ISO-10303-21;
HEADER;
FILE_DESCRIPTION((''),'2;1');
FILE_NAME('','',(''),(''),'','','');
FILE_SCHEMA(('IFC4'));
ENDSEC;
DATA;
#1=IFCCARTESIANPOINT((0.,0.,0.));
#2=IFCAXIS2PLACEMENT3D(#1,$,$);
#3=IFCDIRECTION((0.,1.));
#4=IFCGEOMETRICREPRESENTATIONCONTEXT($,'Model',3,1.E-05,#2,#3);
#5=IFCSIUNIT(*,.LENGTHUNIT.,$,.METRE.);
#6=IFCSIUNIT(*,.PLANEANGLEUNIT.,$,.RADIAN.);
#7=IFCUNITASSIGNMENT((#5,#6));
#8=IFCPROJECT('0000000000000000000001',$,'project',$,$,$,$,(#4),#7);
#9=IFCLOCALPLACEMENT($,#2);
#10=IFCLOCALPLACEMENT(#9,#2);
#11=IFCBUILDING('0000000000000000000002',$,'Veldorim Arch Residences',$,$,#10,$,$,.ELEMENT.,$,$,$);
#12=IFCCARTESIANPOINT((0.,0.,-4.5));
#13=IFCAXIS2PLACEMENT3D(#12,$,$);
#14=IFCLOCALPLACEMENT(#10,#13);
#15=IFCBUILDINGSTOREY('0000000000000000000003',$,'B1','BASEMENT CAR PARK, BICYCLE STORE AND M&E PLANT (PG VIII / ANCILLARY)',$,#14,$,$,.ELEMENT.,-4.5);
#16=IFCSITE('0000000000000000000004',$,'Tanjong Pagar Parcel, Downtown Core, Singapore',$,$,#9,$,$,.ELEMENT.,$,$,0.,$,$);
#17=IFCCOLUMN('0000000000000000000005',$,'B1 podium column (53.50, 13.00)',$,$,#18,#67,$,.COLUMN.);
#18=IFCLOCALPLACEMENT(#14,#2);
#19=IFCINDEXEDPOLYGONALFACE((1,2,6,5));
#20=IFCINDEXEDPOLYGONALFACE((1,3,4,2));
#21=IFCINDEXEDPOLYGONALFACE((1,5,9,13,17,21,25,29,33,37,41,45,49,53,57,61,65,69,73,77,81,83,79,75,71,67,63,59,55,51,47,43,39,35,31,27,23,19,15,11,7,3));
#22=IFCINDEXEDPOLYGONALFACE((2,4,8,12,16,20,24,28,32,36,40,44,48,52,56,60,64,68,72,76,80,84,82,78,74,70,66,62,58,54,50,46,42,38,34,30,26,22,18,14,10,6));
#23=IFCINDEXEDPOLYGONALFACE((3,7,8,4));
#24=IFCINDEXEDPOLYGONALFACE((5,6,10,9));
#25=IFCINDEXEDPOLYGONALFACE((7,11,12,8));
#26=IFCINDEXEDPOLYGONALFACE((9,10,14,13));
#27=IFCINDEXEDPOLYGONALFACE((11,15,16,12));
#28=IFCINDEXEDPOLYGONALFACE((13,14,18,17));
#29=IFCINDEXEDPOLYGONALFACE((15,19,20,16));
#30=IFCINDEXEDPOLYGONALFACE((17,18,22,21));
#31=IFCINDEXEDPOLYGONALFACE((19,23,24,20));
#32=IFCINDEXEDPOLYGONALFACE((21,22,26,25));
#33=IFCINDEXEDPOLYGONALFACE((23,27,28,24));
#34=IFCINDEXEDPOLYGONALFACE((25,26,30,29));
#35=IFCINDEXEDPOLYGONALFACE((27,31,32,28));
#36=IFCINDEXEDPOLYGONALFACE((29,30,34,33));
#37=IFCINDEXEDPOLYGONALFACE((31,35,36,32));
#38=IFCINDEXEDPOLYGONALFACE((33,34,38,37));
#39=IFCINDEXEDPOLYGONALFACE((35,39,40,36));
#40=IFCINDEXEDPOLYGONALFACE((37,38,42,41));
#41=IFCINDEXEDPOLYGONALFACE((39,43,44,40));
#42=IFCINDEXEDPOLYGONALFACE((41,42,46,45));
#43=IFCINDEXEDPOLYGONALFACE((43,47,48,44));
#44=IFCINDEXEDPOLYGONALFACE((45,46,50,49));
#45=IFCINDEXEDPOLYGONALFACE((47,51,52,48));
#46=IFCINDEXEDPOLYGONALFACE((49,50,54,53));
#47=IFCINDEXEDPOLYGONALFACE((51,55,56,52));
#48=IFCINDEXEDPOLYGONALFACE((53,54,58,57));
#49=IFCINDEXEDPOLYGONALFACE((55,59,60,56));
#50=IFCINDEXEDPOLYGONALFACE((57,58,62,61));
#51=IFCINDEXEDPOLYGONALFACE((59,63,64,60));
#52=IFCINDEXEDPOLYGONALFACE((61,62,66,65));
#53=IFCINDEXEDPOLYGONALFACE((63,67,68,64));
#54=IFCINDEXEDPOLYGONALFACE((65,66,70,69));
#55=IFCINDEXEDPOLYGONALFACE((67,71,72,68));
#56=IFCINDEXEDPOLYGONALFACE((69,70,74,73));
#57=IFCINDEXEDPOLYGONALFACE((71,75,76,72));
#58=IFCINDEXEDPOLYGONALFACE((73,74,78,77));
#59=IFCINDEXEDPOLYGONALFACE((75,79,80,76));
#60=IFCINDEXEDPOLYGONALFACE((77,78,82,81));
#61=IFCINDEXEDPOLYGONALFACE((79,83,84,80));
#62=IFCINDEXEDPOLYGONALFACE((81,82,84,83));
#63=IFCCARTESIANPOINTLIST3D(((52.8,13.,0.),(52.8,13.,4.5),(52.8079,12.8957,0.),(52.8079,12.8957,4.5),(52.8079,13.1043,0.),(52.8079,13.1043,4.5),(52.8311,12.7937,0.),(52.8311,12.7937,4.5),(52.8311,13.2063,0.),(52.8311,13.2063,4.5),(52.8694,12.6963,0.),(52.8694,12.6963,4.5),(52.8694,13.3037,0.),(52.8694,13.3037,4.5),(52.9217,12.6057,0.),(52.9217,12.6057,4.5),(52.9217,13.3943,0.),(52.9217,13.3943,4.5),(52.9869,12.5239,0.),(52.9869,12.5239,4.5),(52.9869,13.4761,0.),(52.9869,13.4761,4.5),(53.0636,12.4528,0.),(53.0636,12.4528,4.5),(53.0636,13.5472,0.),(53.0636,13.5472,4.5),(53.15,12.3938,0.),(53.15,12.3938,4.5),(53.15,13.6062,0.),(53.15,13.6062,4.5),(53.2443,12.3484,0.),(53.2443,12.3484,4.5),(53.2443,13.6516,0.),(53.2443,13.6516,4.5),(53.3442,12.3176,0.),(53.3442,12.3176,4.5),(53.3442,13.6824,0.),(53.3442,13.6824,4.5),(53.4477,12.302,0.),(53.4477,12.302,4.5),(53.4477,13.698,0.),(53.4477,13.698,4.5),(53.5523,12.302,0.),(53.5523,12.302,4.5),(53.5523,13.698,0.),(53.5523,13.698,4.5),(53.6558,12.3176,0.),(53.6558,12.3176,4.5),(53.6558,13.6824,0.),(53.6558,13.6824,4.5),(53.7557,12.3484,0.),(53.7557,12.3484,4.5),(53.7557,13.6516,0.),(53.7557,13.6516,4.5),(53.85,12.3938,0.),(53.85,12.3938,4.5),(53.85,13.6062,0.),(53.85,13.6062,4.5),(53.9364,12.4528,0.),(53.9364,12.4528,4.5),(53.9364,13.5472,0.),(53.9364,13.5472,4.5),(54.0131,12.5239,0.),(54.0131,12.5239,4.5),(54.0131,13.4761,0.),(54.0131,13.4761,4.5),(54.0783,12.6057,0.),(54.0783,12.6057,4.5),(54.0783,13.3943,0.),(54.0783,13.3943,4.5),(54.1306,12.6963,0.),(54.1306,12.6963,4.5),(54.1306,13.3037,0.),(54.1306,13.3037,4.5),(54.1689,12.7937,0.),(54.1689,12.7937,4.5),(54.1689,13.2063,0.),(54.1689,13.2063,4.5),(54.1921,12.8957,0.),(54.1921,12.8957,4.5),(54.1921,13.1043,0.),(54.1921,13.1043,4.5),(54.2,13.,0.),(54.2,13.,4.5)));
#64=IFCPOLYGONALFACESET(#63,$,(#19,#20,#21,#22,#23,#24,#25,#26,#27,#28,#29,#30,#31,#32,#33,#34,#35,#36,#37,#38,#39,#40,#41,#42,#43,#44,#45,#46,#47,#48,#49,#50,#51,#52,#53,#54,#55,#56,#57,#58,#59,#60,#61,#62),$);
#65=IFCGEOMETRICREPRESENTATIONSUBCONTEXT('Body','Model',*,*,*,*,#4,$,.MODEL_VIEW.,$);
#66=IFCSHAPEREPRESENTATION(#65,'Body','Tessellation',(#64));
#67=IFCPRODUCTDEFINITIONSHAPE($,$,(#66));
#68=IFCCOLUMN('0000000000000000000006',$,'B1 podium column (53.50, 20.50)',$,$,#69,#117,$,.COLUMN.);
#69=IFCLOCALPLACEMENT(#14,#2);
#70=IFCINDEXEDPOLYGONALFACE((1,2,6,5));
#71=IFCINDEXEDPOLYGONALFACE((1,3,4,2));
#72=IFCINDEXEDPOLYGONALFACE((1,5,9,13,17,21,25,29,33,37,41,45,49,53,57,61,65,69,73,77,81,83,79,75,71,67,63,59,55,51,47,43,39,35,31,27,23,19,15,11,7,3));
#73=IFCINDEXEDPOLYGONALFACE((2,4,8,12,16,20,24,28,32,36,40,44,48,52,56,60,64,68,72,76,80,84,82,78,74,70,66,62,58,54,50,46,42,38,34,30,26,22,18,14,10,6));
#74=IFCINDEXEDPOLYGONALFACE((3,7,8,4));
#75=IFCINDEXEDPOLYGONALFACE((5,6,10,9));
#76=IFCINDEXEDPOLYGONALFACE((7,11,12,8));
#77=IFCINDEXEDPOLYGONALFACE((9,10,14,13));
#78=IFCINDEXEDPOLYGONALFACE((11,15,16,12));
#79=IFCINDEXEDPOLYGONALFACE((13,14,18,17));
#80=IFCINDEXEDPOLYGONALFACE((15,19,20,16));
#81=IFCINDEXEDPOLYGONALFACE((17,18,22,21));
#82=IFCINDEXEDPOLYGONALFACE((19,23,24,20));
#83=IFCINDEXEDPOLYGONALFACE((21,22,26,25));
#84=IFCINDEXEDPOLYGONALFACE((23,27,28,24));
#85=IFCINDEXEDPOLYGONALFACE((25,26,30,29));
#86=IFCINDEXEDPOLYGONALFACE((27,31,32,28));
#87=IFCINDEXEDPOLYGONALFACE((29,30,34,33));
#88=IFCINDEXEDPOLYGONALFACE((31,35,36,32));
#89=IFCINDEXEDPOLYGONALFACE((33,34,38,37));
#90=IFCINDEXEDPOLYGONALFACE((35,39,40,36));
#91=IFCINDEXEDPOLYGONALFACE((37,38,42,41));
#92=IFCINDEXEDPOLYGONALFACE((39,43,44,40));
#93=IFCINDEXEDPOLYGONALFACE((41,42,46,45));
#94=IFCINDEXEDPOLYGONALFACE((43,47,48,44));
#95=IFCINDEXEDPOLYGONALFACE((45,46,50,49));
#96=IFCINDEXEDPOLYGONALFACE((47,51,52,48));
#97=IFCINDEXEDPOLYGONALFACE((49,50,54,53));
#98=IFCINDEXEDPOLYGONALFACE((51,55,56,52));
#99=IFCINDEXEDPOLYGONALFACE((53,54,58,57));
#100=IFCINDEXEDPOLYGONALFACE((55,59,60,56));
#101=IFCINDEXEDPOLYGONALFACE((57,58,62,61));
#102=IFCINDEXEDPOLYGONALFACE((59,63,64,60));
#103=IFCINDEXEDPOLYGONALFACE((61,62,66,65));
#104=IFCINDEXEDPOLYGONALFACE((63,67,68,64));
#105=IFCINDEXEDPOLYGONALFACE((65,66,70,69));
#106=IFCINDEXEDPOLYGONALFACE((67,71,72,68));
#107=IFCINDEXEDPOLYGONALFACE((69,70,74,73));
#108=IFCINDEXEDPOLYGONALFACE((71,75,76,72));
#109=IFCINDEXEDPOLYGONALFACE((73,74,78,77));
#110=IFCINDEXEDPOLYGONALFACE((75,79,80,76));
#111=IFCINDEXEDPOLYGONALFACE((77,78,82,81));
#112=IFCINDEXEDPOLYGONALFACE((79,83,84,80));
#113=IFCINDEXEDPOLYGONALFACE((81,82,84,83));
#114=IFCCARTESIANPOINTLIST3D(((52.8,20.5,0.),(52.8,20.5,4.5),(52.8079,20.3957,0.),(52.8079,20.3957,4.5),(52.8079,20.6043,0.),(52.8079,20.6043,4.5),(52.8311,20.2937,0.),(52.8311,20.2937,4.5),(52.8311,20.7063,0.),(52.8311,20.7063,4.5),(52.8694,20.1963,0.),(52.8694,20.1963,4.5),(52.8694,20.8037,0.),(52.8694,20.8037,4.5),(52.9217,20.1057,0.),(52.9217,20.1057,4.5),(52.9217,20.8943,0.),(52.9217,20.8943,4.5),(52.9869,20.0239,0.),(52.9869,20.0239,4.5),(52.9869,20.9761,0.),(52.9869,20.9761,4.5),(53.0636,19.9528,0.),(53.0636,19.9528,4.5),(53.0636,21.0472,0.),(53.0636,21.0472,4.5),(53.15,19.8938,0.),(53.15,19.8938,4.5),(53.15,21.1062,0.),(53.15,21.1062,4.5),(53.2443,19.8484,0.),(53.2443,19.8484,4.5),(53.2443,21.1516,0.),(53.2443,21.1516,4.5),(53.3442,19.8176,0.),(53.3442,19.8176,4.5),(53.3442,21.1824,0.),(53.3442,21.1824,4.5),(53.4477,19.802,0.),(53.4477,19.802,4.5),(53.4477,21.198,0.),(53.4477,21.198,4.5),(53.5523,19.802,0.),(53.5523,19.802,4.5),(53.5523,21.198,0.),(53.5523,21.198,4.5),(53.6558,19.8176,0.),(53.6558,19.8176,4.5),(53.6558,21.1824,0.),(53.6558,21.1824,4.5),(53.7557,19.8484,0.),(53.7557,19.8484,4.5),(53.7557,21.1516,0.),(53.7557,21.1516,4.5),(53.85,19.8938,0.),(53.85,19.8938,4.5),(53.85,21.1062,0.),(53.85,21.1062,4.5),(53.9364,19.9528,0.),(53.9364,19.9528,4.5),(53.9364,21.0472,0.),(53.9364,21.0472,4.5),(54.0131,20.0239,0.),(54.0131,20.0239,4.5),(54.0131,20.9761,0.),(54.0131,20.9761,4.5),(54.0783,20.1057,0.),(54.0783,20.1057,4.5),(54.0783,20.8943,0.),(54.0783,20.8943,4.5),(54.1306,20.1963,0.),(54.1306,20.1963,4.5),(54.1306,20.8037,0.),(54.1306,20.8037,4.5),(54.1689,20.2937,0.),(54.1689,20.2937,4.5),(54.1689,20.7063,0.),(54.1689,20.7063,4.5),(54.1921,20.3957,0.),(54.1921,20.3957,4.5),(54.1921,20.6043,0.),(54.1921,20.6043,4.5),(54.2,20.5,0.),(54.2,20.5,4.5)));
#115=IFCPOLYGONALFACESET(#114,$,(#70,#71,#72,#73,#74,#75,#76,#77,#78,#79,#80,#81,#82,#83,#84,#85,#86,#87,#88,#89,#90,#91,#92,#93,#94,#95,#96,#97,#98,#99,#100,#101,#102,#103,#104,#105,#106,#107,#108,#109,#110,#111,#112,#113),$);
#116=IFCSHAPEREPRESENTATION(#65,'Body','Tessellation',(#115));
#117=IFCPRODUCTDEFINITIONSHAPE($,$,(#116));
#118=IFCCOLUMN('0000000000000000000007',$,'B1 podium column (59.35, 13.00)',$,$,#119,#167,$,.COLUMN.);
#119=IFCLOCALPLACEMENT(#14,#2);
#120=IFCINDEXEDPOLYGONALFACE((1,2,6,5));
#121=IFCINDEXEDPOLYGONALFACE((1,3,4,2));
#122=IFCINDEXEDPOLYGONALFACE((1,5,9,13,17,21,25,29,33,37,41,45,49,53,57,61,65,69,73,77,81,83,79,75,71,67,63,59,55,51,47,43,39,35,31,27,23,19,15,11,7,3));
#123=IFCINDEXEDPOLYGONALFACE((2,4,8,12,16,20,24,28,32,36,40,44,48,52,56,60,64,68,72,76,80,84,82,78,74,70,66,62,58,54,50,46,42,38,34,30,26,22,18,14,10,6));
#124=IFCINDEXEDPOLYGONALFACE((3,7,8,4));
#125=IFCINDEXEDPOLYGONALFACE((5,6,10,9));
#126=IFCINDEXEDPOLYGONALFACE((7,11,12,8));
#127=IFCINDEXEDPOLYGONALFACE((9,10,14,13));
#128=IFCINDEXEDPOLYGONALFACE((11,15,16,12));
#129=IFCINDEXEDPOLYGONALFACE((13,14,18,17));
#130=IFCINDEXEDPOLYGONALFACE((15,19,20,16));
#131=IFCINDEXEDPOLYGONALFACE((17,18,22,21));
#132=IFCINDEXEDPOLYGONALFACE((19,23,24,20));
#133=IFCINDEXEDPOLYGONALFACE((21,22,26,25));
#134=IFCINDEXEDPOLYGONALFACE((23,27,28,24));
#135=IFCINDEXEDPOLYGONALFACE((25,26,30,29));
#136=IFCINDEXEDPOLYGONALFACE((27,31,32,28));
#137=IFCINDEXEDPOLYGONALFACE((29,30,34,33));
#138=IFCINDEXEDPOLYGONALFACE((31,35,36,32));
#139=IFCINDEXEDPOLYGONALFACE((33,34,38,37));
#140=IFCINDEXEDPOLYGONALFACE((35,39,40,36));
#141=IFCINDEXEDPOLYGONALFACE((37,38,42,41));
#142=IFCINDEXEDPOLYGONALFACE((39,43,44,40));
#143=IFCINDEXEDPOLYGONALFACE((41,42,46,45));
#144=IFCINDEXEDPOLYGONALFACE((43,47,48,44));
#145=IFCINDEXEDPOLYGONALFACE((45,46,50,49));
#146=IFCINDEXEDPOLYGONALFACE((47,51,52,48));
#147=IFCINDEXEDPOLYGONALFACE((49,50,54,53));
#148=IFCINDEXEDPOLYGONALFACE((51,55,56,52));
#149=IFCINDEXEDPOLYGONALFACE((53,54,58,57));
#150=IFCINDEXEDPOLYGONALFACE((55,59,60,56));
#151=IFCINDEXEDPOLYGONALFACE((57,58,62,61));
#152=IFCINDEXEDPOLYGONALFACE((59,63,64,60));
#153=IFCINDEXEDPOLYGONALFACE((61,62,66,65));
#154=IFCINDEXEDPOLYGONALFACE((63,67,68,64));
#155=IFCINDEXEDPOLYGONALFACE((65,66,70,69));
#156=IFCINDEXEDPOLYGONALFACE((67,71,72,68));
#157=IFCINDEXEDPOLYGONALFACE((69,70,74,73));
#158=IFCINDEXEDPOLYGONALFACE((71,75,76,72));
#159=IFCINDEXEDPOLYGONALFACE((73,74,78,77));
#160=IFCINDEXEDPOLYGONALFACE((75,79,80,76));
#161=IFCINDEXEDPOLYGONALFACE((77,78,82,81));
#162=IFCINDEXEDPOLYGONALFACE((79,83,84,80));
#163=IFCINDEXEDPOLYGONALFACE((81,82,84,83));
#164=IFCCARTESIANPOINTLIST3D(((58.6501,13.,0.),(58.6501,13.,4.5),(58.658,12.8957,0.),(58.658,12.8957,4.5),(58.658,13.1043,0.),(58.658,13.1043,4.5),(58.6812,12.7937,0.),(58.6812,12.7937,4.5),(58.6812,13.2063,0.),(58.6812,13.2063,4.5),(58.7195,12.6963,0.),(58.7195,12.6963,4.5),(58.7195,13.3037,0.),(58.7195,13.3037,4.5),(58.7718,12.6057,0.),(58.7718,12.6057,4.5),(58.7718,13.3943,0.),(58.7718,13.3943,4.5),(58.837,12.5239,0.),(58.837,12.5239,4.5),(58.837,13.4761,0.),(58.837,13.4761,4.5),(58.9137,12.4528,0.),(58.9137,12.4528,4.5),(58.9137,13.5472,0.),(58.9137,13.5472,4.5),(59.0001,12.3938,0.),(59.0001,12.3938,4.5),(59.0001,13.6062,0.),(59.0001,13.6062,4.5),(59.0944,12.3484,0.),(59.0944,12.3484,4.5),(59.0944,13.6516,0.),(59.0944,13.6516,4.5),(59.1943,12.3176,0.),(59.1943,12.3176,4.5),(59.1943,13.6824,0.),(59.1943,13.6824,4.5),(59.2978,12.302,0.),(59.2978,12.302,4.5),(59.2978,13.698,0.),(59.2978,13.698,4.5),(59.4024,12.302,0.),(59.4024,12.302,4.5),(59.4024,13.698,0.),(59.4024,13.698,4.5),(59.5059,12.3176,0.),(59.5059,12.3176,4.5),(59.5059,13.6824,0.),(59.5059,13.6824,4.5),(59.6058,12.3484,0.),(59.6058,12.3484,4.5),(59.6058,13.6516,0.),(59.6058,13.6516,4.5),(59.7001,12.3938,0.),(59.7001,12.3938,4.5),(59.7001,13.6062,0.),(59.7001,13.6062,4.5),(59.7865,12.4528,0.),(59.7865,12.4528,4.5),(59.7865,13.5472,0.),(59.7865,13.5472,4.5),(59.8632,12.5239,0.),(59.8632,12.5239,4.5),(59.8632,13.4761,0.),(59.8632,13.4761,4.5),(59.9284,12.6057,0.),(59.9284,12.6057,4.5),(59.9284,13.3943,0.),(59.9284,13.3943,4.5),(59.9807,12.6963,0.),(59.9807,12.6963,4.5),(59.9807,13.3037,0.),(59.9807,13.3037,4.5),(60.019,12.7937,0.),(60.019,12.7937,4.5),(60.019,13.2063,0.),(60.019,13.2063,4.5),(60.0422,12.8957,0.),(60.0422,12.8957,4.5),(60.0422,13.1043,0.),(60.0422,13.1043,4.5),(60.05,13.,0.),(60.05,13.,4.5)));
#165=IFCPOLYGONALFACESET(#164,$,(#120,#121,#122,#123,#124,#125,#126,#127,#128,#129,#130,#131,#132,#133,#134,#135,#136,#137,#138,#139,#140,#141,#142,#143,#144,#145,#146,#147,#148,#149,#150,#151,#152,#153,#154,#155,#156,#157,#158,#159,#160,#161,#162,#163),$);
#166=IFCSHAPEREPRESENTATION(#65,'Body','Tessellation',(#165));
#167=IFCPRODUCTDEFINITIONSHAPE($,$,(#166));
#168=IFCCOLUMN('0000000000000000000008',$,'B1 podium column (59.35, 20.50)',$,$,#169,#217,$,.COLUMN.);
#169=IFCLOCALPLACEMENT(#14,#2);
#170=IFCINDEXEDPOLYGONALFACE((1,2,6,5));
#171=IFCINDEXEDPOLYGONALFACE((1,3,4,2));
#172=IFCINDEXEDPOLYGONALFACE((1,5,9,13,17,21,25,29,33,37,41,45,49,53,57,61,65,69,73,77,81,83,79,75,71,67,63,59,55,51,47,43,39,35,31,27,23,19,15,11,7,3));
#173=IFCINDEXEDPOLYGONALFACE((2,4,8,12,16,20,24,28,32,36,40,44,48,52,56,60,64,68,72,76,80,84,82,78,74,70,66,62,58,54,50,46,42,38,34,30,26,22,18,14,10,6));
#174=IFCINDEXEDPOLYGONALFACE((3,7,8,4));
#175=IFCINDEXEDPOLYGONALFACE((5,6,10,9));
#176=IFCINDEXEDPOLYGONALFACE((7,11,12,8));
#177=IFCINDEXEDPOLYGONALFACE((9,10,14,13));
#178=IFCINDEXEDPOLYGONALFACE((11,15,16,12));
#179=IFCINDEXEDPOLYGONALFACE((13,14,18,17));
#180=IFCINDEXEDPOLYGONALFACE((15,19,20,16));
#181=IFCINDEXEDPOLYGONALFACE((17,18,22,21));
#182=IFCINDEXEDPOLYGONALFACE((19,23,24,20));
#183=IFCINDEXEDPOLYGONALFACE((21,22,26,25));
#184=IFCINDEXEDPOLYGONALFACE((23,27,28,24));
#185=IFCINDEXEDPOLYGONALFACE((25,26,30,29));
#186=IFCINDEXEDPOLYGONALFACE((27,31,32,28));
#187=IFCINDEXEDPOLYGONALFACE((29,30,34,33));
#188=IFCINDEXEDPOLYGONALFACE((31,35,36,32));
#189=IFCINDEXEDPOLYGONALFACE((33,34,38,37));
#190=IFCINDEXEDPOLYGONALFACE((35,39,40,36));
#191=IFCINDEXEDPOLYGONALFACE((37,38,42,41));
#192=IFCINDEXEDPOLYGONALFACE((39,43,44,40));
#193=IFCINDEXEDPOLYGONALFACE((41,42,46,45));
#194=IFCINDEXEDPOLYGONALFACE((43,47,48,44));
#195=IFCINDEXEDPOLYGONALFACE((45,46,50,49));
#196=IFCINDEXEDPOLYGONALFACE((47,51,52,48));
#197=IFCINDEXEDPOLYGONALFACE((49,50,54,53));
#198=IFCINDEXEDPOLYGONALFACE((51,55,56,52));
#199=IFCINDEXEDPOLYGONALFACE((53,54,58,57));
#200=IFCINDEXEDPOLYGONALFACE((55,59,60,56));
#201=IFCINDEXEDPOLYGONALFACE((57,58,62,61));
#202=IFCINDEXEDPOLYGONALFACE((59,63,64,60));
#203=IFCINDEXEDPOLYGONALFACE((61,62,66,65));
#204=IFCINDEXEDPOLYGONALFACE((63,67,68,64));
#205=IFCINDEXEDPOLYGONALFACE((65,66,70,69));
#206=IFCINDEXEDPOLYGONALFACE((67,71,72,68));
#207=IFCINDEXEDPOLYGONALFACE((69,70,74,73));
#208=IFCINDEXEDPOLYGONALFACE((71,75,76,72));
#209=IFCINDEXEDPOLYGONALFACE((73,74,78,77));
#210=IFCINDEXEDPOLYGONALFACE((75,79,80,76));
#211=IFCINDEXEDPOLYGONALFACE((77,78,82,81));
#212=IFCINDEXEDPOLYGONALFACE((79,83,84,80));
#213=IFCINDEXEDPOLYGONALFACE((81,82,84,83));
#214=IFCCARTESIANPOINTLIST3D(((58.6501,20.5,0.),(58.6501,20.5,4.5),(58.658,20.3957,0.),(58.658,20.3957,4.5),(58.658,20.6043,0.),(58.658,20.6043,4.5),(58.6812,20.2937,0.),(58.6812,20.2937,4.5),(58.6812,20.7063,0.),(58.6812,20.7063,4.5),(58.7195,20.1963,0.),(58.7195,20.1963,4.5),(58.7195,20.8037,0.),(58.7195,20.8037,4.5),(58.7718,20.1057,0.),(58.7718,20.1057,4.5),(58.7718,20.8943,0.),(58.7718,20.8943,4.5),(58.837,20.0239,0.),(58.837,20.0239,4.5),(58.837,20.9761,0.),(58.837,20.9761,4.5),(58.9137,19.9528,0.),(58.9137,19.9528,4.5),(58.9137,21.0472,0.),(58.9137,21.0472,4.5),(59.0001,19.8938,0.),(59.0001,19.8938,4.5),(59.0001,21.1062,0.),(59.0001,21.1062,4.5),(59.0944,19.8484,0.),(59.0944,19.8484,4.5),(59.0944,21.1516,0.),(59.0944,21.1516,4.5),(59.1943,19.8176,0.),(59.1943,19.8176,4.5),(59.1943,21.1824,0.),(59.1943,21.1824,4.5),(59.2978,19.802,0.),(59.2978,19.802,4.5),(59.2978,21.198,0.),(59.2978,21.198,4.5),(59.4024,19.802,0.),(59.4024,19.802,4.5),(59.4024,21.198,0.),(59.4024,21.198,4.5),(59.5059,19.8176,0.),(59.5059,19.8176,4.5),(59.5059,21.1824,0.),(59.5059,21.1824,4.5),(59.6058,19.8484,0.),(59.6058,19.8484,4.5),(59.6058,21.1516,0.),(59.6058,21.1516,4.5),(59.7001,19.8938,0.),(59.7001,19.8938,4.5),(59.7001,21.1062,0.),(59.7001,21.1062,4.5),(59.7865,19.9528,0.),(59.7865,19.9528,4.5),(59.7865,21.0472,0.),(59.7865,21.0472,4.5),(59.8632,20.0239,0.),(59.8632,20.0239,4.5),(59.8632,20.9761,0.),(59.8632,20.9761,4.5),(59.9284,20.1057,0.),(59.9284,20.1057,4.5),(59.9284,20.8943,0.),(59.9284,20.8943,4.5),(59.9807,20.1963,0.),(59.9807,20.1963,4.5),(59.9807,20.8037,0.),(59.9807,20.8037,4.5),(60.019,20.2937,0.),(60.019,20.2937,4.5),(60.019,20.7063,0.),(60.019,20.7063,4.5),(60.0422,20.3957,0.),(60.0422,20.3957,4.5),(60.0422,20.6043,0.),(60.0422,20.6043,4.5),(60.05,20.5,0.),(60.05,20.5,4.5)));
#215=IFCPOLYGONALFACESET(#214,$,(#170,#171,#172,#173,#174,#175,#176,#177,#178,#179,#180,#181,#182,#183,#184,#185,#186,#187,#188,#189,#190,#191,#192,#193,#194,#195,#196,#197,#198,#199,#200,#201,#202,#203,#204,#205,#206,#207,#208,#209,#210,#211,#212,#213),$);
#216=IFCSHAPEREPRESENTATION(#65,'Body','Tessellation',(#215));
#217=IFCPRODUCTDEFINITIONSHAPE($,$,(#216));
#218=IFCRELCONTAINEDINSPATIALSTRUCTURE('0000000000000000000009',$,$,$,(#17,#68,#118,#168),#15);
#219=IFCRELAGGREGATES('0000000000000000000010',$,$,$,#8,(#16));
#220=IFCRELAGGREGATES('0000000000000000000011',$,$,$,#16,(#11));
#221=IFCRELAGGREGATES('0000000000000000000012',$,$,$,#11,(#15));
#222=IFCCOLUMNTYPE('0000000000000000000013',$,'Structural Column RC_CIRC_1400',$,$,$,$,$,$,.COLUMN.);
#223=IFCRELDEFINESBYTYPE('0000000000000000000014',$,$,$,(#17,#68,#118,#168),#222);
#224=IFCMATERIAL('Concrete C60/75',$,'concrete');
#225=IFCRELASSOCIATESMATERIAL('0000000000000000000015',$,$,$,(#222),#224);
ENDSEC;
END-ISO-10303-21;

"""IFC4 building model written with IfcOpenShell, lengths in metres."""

from ifc_helpers import new_model, si_unit, direction, frame, origin, origin_2d, place, context, subcontext, project, spatial, circle, extrude, material, material_profile, profile_set, type_object, element, save


model = new_model("IFC4")

# Units and contexts
model_context = context("Model", 3, precision=1e-05, world=origin(), true_north=direction((0.0, 1.0)))
body_context = subcontext(model_context, "Body", "Model", "MODEL_VIEW")
ifc_project = project(units=[si_unit("LENGTHUNIT", "METRE"), si_unit("PLANEANGLEUNIT", "RADIAN")], contexts=[model_context])

# Site, building, storey
site_placement = place(None, origin())
site = spatial("IfcSite", under=ifc_project, at=site_placement, Name="Tanjong Pagar Parcel, Downtown Core, Singapore", CompositionType="ELEMENT", RefElevation=0.0)
building_placement = place(site_placement, origin())
building = spatial("IfcBuilding", under=site, at=building_placement, Name="Veldorim Arch Residences", CompositionType="ELEMENT")
storey_placement = place(building_placement, frame((0.0, 0.0, -4.5)))
storey = spatial("IfcBuildingStorey", under=building, at=storey_placement, Name="B1", Description="BASEMENT CAR PARK, BICYCLE STORE AND M&E PLANT (PG VIII / ANCILLARY)", CompositionType="ELEMENT", Elevation=-4.5)

# Columns
ifc_material_1 = material(Name="Concrete C60/75", Category="concrete")
ifc_material_profile_1 = material_profile(ifc_material_1, circle(Radius=0.7, at=origin_2d()), Name="RC_CIRC_1400")
ifc_profile_set_1 = profile_set([ifc_material_profile_1], Name="Concrete C60/75")
column_type_1 = type_object("IfcColumnType", Name="Structural Column RC_CIRC_1400", PredefinedType="COLUMN", material=ifc_profile_set_1)
for number, where, z_axis, x_axis, name in (
    (1, (53.5, 13.0, 0.0), (0.0, 0.0, 1.0), (1.0, 0.0, 0.0), "B1 podium column (53.50, 13.00)"),
    (2, (53.5, 20.5, 0.0), (0.0, 0.0, 1.0), (1.0, 0.0, 0.0), "B1 podium column (53.50, 20.50)"),
    (3, (59.3501, 13.0, 0.0), (0.0, 0.0, 1.0), (1.0, 0.0, 0.0), "B1 podium column (59.35, 13.00)"),
    (4, (59.3501, 20.5, 0.0), (0.0, 0.0, 1.0), (1.0, 0.0, 0.0), "B1 podium column (59.35, 20.50)"),
):
    element("IfcColumn", number, at=place(storey_placement, frame(where, z_axis=z_axis, x_axis=x_axis)), inside=storey, type_object=column_type_1, Name=name, PredefinedType="COLUMN", context=body_context, shape_type="SweptSolid", body=[
        extrude(circle(Radius=0.7, at=origin_2d()), origin(), (0.0, 0.0, 1.0), 4.5),
    ])

save(model, "model.ifc")
